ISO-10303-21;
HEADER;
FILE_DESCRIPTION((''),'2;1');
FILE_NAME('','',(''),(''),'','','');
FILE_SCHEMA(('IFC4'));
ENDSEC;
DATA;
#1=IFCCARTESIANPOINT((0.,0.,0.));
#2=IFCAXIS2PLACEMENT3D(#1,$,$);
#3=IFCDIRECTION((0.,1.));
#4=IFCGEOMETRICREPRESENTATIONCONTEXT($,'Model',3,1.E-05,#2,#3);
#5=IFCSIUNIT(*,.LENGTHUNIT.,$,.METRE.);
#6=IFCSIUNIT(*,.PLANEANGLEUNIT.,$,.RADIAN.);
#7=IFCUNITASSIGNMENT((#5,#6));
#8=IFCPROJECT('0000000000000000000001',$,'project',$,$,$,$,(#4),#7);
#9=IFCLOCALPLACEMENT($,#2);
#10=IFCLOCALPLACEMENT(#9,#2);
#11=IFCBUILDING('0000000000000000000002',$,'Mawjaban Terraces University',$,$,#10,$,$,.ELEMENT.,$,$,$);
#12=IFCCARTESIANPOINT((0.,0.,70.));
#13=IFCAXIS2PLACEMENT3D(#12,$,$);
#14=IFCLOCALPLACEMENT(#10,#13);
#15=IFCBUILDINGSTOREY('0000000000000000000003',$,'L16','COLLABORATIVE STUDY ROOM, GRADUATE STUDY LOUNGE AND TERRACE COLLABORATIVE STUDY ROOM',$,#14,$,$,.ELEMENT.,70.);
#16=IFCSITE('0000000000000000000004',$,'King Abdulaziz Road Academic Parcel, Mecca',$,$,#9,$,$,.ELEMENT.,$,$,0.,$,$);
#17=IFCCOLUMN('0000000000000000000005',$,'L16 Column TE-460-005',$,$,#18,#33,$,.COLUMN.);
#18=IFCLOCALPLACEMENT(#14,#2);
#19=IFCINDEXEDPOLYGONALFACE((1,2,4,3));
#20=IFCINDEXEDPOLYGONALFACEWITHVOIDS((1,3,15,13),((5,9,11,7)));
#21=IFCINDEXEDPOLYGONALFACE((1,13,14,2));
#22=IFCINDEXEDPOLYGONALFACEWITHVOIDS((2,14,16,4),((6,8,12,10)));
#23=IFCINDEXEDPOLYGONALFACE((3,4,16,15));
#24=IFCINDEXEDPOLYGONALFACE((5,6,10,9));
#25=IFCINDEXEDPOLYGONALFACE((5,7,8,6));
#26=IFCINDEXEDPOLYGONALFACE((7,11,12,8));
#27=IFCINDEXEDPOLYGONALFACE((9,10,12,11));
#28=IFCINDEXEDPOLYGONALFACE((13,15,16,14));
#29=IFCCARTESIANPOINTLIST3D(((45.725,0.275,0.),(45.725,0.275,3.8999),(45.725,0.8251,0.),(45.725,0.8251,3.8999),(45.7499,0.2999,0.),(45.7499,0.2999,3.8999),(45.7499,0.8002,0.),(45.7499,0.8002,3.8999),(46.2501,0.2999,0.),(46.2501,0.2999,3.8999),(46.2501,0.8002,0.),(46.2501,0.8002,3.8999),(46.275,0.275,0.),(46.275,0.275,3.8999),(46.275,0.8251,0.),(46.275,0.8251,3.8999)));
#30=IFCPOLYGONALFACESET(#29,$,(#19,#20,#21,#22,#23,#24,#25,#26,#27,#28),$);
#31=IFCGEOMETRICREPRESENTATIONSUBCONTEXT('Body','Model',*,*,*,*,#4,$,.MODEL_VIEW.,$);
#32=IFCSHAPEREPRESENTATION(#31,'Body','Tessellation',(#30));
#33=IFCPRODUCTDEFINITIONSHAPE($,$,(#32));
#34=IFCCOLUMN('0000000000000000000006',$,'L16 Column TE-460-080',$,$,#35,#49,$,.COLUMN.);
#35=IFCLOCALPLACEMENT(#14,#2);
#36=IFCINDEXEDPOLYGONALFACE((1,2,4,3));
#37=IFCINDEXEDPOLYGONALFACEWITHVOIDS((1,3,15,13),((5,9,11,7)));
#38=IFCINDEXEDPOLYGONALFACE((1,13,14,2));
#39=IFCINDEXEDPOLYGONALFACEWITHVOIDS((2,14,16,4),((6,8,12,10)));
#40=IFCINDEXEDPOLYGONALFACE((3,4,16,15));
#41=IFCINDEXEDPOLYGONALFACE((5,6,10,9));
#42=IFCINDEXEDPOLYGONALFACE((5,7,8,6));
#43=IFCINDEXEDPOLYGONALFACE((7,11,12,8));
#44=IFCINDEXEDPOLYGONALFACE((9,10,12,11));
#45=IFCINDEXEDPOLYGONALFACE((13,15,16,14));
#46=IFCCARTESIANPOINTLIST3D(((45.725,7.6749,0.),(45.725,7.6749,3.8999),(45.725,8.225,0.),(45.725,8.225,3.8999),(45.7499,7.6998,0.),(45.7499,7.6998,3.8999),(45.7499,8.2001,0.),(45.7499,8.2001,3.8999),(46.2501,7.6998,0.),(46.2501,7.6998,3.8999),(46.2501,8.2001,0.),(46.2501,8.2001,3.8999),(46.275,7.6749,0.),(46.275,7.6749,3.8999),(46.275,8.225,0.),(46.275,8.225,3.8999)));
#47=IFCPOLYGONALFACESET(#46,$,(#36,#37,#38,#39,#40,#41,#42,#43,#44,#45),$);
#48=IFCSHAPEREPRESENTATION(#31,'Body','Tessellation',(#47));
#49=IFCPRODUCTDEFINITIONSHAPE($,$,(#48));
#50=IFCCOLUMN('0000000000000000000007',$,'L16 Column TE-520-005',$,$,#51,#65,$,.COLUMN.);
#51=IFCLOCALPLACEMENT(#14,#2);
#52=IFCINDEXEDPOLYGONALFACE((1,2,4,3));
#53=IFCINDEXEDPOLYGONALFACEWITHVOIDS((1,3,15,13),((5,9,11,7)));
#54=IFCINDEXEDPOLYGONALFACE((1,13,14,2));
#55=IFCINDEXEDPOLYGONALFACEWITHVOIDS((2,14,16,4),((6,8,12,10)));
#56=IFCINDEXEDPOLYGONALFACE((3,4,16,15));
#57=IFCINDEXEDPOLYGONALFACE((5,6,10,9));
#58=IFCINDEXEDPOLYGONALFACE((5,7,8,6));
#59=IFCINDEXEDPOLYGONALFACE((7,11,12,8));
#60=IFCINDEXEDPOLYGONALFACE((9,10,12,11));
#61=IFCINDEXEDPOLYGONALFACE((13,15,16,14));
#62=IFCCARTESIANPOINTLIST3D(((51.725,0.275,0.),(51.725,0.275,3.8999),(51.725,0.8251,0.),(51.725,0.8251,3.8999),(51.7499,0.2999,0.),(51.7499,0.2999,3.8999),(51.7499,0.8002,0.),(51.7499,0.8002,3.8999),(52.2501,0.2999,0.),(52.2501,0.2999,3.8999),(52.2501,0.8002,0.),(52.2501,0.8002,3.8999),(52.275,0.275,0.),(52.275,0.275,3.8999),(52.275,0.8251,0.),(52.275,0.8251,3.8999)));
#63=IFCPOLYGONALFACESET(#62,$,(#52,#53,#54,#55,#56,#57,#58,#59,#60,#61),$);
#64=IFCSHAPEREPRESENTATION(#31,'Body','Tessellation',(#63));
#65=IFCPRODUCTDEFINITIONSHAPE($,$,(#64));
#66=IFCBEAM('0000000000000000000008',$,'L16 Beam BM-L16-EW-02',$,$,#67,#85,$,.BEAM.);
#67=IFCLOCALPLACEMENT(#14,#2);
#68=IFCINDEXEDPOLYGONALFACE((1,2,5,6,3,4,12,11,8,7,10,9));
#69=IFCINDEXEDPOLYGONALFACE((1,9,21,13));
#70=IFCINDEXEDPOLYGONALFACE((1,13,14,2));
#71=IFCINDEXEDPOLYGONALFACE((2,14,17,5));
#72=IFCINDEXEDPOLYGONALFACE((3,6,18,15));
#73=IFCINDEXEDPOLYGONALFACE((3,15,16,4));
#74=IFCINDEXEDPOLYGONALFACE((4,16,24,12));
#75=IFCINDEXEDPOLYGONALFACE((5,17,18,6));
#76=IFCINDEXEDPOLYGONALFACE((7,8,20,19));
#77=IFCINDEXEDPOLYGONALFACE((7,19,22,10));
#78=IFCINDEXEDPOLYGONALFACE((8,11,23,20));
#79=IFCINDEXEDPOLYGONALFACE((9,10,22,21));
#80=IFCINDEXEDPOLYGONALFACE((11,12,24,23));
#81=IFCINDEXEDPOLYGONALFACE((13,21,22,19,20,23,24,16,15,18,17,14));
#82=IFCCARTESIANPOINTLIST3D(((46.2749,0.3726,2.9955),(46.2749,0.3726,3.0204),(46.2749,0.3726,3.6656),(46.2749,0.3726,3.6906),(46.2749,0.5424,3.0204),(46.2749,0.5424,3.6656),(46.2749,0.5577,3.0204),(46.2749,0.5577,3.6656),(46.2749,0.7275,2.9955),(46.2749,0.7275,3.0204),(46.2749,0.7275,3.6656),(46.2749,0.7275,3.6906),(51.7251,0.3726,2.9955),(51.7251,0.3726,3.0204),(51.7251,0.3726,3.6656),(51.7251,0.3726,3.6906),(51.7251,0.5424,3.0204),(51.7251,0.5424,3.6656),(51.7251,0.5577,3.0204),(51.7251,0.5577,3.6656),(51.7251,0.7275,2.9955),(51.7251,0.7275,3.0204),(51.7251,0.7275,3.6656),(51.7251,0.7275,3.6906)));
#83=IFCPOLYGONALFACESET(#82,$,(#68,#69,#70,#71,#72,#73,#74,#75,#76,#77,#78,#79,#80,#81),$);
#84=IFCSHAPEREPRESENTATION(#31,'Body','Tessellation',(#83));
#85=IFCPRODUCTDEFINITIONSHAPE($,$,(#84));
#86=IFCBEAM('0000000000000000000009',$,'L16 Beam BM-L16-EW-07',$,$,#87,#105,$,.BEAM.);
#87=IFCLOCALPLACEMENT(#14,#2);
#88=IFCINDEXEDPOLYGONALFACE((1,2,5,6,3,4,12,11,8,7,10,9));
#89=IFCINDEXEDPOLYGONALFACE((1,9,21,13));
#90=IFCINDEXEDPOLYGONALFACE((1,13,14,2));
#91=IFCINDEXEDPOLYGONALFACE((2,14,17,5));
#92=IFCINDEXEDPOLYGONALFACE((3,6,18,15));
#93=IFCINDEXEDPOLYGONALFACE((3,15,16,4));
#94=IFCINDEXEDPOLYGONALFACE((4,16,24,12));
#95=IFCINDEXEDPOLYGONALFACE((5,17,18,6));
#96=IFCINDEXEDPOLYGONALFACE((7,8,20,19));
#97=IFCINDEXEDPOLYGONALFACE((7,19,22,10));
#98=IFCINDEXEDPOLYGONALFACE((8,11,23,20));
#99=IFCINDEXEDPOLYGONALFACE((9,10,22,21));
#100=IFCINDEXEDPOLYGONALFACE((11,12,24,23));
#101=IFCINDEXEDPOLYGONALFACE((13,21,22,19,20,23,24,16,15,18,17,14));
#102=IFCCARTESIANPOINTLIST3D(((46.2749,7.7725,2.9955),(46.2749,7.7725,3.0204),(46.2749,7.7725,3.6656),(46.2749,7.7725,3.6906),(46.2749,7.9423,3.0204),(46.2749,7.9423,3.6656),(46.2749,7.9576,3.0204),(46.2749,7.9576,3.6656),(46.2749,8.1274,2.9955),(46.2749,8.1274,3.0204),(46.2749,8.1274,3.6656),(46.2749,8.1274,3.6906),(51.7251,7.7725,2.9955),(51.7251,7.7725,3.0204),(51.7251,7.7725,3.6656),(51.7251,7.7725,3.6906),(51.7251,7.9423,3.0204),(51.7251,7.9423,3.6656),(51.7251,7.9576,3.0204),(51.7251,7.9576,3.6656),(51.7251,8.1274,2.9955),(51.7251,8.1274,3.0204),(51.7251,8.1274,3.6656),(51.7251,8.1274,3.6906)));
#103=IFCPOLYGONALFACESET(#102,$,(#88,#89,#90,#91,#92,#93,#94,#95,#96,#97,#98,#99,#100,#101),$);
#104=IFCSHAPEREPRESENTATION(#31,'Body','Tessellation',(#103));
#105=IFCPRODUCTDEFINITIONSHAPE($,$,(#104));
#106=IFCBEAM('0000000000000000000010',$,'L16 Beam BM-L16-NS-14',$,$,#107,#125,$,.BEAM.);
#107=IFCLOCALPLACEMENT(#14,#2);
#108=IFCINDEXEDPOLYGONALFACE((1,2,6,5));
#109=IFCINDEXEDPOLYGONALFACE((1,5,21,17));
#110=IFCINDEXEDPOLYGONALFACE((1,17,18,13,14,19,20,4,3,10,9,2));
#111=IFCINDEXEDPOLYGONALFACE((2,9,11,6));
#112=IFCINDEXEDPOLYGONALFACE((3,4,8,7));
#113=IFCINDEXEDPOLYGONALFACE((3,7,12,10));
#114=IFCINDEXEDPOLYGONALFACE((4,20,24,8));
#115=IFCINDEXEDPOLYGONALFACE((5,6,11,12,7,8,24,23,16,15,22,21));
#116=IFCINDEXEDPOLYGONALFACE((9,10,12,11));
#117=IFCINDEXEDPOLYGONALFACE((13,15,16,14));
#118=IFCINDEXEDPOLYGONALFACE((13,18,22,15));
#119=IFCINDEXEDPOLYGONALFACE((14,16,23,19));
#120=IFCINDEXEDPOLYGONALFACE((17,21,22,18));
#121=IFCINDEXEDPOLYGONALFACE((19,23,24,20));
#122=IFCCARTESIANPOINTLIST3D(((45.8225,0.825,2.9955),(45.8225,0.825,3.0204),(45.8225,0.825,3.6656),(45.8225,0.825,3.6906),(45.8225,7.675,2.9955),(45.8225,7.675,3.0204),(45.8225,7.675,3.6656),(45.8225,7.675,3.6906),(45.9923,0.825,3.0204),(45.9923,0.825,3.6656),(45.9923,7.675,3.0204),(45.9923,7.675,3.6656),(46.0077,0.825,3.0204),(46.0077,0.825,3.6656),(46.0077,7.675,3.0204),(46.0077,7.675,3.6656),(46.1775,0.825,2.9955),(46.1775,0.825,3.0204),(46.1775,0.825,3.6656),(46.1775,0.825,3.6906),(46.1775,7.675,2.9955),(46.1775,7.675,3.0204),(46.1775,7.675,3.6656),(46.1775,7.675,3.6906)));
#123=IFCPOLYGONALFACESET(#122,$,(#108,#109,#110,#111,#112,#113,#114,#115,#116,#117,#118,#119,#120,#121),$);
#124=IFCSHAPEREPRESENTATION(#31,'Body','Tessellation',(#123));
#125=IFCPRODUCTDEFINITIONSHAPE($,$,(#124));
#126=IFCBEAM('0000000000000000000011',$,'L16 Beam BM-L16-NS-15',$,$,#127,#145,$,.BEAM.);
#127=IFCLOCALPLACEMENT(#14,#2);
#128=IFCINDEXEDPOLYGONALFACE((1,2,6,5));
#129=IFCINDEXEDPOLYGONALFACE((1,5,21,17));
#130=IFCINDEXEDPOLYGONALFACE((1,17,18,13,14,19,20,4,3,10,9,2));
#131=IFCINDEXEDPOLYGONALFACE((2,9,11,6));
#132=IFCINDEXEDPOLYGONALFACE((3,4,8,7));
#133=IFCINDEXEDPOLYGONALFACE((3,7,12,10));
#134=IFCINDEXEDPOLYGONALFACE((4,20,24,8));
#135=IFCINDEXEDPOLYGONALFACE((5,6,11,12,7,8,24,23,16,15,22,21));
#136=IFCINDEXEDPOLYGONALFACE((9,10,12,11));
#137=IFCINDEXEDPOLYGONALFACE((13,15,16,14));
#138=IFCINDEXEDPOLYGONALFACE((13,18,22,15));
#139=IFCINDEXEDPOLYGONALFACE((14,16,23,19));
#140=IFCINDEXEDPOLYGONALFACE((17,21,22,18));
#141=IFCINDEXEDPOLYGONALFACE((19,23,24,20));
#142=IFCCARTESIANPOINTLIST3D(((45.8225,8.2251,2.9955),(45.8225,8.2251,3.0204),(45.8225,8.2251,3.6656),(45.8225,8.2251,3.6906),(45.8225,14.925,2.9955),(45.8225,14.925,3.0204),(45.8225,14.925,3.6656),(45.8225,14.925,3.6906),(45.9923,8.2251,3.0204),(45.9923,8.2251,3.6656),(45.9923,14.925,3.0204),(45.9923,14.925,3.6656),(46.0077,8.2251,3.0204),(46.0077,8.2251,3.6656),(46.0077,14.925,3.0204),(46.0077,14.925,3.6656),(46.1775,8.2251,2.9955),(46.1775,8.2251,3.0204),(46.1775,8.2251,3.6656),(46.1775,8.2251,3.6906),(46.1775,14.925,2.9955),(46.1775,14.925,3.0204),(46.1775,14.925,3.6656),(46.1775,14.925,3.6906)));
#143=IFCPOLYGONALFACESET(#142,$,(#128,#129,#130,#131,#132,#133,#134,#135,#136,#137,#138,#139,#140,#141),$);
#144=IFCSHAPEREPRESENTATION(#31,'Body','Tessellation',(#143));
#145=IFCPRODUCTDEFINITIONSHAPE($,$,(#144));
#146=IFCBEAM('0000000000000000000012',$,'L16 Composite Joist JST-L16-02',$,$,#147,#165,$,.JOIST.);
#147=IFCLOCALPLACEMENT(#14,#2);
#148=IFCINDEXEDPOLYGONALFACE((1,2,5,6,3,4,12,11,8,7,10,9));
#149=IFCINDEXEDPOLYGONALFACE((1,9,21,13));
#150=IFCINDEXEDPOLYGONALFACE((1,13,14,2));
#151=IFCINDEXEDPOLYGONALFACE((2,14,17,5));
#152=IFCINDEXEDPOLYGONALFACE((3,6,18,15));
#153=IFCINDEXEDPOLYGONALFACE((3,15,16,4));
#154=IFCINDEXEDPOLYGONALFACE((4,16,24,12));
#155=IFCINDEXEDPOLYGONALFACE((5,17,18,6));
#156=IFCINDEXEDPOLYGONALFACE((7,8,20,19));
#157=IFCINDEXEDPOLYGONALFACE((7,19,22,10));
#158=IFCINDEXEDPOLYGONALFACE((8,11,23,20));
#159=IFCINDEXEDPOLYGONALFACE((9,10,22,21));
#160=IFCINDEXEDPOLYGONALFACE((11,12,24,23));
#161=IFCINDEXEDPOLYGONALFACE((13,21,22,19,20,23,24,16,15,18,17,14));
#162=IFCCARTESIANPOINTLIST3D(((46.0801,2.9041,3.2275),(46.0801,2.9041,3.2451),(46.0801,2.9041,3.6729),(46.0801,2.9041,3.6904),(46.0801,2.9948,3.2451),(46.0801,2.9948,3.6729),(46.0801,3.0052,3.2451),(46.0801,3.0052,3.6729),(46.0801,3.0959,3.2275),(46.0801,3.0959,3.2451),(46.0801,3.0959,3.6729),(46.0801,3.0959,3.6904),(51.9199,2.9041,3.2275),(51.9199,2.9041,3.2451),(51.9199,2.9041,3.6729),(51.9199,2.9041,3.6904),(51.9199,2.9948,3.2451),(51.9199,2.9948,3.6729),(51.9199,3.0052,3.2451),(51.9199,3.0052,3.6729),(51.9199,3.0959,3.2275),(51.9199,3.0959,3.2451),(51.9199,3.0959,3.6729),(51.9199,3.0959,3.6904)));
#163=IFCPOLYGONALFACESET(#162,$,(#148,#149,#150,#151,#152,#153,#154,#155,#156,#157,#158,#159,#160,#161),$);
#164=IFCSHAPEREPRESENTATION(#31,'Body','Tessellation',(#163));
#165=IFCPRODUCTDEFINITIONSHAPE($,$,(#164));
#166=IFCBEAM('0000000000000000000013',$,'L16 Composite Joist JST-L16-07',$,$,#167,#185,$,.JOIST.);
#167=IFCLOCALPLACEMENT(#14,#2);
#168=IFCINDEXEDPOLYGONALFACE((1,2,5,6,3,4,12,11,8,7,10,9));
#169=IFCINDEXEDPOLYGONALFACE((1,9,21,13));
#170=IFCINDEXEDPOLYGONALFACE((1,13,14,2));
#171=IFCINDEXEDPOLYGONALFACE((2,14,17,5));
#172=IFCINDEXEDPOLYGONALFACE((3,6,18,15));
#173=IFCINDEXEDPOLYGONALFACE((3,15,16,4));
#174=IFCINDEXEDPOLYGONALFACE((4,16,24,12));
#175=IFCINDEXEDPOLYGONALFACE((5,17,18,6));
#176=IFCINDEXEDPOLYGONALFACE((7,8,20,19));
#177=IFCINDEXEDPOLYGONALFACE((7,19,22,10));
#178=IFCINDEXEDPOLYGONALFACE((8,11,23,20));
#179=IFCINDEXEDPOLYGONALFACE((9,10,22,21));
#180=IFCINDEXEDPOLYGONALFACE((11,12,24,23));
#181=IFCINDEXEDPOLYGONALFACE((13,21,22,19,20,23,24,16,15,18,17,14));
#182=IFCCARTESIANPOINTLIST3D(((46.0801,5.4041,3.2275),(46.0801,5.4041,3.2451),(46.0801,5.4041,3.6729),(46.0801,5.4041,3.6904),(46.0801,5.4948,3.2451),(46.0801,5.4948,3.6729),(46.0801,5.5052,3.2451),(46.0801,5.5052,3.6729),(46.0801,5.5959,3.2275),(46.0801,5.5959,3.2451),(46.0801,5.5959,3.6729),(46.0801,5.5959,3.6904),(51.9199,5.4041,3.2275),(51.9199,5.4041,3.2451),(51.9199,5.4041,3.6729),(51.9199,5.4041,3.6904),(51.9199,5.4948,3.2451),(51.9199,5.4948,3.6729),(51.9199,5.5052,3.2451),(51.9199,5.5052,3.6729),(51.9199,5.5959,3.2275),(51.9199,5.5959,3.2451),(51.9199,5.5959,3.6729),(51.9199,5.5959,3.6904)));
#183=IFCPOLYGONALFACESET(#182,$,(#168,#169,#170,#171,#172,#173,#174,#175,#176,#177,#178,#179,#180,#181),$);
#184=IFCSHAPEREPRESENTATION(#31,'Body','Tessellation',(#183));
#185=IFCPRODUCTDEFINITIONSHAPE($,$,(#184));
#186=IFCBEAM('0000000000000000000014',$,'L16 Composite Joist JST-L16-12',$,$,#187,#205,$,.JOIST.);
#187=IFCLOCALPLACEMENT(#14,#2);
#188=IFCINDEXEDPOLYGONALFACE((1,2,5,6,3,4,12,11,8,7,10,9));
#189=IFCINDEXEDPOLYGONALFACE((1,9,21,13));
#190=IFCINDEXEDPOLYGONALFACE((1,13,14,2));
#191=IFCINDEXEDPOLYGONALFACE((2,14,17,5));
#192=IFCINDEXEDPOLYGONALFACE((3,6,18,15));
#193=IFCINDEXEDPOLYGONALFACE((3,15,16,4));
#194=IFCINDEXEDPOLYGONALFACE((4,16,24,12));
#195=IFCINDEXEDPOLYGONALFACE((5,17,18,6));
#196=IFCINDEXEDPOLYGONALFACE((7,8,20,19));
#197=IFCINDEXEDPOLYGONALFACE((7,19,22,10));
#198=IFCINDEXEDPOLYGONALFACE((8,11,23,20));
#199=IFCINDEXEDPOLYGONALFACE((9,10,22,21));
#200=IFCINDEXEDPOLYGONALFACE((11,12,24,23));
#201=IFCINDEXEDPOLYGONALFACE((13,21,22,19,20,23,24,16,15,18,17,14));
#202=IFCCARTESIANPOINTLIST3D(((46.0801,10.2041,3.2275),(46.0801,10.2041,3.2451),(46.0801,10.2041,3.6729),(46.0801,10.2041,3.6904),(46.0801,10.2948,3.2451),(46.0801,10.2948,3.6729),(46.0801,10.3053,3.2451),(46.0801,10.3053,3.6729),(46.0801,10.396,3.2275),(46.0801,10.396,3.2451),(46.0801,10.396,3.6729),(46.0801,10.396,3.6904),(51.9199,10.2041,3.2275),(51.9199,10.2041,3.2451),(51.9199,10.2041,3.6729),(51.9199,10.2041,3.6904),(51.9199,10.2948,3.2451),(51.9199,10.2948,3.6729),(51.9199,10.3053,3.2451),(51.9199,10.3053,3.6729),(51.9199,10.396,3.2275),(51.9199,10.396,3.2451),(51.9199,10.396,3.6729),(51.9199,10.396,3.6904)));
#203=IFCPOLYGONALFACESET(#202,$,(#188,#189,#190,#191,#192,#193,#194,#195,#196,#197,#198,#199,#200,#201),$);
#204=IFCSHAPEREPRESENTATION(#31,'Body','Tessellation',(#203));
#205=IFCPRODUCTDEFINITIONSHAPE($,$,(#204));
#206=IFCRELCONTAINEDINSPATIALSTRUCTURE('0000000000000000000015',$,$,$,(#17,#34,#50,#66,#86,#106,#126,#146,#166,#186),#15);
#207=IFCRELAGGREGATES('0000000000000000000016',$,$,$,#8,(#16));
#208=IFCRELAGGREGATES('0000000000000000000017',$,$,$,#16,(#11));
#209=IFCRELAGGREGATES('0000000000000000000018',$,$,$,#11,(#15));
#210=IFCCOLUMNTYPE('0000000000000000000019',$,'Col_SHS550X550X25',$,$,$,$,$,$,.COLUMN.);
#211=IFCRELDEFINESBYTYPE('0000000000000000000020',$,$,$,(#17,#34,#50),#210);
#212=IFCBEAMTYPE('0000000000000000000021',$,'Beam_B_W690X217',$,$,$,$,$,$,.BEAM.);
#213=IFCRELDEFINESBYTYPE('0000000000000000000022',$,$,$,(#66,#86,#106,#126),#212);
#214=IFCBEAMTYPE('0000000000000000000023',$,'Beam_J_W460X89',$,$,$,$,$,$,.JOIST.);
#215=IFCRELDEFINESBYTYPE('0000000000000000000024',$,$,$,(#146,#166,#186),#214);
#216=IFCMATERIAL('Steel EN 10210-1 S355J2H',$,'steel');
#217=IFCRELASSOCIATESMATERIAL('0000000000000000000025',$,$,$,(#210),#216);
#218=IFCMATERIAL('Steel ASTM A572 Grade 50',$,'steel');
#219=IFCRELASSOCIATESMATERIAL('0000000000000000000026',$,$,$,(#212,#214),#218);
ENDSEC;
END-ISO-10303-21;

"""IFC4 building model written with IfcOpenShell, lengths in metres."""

from ifc_helpers import new_model, si_unit, direction, frame, origin, origin_2d, place, context, subcontext, project, spatial, hollow_rectangle, i_section, extrude, material, material_profile, profile_set, type_object, element, save


model = new_model("IFC4")

# Units and contexts
model_context = context("Model", 3, precision=1e-05, world=origin(), true_north=direction((0.0, 1.0)))
body_context = subcontext(model_context, "Body", "Model", "MODEL_VIEW")
ifc_project = project(units=[si_unit("LENGTHUNIT", "METRE"), si_unit("PLANEANGLEUNIT", "RADIAN")], contexts=[model_context])

# Site, building, storey
site_placement = place(None, origin())
site = spatial("IfcSite", under=ifc_project, at=site_placement, Name="King Abdulaziz Road Academic Parcel, Mecca", CompositionType="ELEMENT", RefElevation=0.0)
building_placement = place(site_placement, origin())
building = spatial("IfcBuilding", under=site, at=building_placement, Name="Mawjaban Terraces University", CompositionType="ELEMENT")
storey_placement = place(building_placement, frame((0.0, 0.0, 70.0)))
storey = spatial("IfcBuildingStorey", under=building, at=storey_placement, Name="L16", Description="COLLABORATIVE STUDY ROOM, GRADUATE STUDY LOUNGE AND TERRACE COLLABORATIVE STUDY ROOM", CompositionType="ELEMENT", Elevation=70.0)

# Columns
ifc_material_1 = material(Name="Steel EN 10210-1 S355J2H", Category="steel")
ifc_material_profile_1 = material_profile(ifc_material_1, hollow_rectangle(XDim=0.55, YDim=0.55, WallThickness=0.0249, at=origin_2d()), Name="SHS550X550X25")
ifc_profile_set_1 = profile_set([ifc_material_profile_1], Name="Steel EN 10210-1 S355J2H")
column_type = type_object("IfcColumnType", Name="Col_SHS550X550X25", PredefinedType="COLUMN", material=ifc_profile_set_1)
for number, where, z_axis, x_axis, name in (
    (1, (46.0, 0.55, 0.0), (0.0, 0.0, 1.0), (1.0, 0.0, 0.0), "L16 Column TE-460-005"),
    (2, (46.0, 7.95, 0.0), (0.0, 0.0, 1.0), (1.0, 0.0, 0.0), "L16 Column TE-460-080"),
    (3, (52.0, 0.55, 0.0), (0.0, 0.0, 1.0), (1.0, 0.0, 0.0), "L16 Column TE-520-005"),
):
    element("IfcColumn", number, at=place(storey_placement, frame(where, z_axis=z_axis, x_axis=x_axis)), inside=storey, type_object=column_type, Name=name, PredefinedType="COLUMN", context=body_context, shape_type="SweptSolid", body=[
        extrude(hollow_rectangle(XDim=0.55, YDim=0.55, WallThickness=0.0249, at=origin_2d()), origin(), (0.0, 0.0, 1.0), 3.8999),
    ])

# Beams
ifc_material_2 = material(Name="Steel ASTM A572 Grade 50", Category="steel")
ifc_material_profile_2 = material_profile(ifc_material_2, i_section(OverallWidth=0.355, OverallDepth=0.6951, WebThickness=0.0154, FlangeThickness=0.0249, at=origin_2d()), Name="W690X217")
ifc_profile_set_2 = profile_set([ifc_material_profile_2], Name="Steel ASTM A572 Grade 50")
beam_type_1 = type_object("IfcBeamType", Name="Beam_B_W690X217", PredefinedType="BEAM", material=ifc_profile_set_2)
for number, where, z_axis, x_axis, name in (
    (4, (46.2749, 0.55, 3.343), (1.0, 0.0, 0.0), (0.0, 1.0, 0.0), "L16 Beam BM-L16-EW-02"),
    (5, (46.2749, 7.95, 3.343), (1.0, 0.0, 0.0), (0.0, 1.0, 0.0), "L16 Beam BM-L16-EW-07"),
):
    element("IfcBeam", number, at=place(storey_placement, frame(where, z_axis=z_axis, x_axis=x_axis)), inside=storey, type_object=beam_type_1, Name=name, PredefinedType="BEAM", context=body_context, shape_type="SweptSolid", body=[
        extrude(i_section(OverallWidth=0.355, OverallDepth=0.6951, WebThickness=0.0154, FlangeThickness=0.0249, at=origin_2d()), origin(), (0.0, 0.0, 1.0), 5.4502),
    ])
beam_1_placement = place(storey_placement, frame((46.0, 0.825, 3.343), z_axis=(0.0, 1.0, 0.0), x_axis=(-1.0, 0.0, 0.0)))
element("IfcBeam", 6, at=beam_1_placement, inside=storey, type_object=beam_type_1, Name="L16 Beam BM-L16-NS-14", PredefinedType="BEAM", context=body_context, shape_type="SweptSolid", body=[
    extrude(i_section(OverallWidth=0.355, OverallDepth=0.6951, WebThickness=0.0154, FlangeThickness=0.0249, at=origin_2d()), origin(), (0.0, 0.0, 1.0), 6.8501),
])
beam_2_placement = place(storey_placement, frame((46.0, 8.2251, 3.343), z_axis=(0.0, 1.0, 0.0), x_axis=(-1.0, 0.0, 0.0)))
element("IfcBeam", 7, at=beam_2_placement, inside=storey, type_object=beam_type_1, Name="L16 Beam BM-L16-NS-15", PredefinedType="BEAM", context=body_context, shape_type="SweptSolid", body=[
    extrude(i_section(OverallWidth=0.355, OverallDepth=0.6951, WebThickness=0.0154, FlangeThickness=0.0249, at=origin_2d()), origin(), (0.0, 0.0, 1.0), 6.7),
])
ifc_material_profile_3 = material_profile(ifc_material_2, i_section(OverallWidth=0.1919, OverallDepth=0.4629, WebThickness=0.0105, FlangeThickness=0.0176, at=origin_2d()), Name="W460X89")
ifc_profile_set_3 = profile_set([ifc_material_profile_3], Name="Steel ASTM A572 Grade 50")
beam_type_2 = type_object("IfcBeamType", Name="Beam_J_W460X89", PredefinedType="JOIST", material=ifc_profile_set_3)
for number, where, z_axis, x_axis, name in (
    (8, (46.0801, 3.0, 3.459), (1.0, 0.0, 0.0), (0.0, 1.0, 0.0), "L16 Composite Joist JST-L16-02"),
    (9, (46.0801, 5.5, 3.459), (1.0, 0.0, 0.0), (0.0, 1.0, 0.0), "L16 Composite Joist JST-L16-07"),
    (10, (46.0801, 10.3, 3.459), (1.0, 0.0, 0.0), (0.0, 1.0, 0.0), "L16 Composite Joist JST-L16-12"),
):
    element("IfcBeam", number, at=place(storey_placement, frame(where, z_axis=z_axis, x_axis=x_axis)), inside=storey, type_object=beam_type_2, Name=name, PredefinedType="JOIST", context=body_context, shape_type="SweptSolid", body=[
        extrude(i_section(OverallWidth=0.1919, OverallDepth=0.4629, WebThickness=0.0105, FlangeThickness=0.0176, at=origin_2d()), origin(), (0.0, 0.0, 1.0), 5.8398),
    ])

save(model, "model.ifc")
